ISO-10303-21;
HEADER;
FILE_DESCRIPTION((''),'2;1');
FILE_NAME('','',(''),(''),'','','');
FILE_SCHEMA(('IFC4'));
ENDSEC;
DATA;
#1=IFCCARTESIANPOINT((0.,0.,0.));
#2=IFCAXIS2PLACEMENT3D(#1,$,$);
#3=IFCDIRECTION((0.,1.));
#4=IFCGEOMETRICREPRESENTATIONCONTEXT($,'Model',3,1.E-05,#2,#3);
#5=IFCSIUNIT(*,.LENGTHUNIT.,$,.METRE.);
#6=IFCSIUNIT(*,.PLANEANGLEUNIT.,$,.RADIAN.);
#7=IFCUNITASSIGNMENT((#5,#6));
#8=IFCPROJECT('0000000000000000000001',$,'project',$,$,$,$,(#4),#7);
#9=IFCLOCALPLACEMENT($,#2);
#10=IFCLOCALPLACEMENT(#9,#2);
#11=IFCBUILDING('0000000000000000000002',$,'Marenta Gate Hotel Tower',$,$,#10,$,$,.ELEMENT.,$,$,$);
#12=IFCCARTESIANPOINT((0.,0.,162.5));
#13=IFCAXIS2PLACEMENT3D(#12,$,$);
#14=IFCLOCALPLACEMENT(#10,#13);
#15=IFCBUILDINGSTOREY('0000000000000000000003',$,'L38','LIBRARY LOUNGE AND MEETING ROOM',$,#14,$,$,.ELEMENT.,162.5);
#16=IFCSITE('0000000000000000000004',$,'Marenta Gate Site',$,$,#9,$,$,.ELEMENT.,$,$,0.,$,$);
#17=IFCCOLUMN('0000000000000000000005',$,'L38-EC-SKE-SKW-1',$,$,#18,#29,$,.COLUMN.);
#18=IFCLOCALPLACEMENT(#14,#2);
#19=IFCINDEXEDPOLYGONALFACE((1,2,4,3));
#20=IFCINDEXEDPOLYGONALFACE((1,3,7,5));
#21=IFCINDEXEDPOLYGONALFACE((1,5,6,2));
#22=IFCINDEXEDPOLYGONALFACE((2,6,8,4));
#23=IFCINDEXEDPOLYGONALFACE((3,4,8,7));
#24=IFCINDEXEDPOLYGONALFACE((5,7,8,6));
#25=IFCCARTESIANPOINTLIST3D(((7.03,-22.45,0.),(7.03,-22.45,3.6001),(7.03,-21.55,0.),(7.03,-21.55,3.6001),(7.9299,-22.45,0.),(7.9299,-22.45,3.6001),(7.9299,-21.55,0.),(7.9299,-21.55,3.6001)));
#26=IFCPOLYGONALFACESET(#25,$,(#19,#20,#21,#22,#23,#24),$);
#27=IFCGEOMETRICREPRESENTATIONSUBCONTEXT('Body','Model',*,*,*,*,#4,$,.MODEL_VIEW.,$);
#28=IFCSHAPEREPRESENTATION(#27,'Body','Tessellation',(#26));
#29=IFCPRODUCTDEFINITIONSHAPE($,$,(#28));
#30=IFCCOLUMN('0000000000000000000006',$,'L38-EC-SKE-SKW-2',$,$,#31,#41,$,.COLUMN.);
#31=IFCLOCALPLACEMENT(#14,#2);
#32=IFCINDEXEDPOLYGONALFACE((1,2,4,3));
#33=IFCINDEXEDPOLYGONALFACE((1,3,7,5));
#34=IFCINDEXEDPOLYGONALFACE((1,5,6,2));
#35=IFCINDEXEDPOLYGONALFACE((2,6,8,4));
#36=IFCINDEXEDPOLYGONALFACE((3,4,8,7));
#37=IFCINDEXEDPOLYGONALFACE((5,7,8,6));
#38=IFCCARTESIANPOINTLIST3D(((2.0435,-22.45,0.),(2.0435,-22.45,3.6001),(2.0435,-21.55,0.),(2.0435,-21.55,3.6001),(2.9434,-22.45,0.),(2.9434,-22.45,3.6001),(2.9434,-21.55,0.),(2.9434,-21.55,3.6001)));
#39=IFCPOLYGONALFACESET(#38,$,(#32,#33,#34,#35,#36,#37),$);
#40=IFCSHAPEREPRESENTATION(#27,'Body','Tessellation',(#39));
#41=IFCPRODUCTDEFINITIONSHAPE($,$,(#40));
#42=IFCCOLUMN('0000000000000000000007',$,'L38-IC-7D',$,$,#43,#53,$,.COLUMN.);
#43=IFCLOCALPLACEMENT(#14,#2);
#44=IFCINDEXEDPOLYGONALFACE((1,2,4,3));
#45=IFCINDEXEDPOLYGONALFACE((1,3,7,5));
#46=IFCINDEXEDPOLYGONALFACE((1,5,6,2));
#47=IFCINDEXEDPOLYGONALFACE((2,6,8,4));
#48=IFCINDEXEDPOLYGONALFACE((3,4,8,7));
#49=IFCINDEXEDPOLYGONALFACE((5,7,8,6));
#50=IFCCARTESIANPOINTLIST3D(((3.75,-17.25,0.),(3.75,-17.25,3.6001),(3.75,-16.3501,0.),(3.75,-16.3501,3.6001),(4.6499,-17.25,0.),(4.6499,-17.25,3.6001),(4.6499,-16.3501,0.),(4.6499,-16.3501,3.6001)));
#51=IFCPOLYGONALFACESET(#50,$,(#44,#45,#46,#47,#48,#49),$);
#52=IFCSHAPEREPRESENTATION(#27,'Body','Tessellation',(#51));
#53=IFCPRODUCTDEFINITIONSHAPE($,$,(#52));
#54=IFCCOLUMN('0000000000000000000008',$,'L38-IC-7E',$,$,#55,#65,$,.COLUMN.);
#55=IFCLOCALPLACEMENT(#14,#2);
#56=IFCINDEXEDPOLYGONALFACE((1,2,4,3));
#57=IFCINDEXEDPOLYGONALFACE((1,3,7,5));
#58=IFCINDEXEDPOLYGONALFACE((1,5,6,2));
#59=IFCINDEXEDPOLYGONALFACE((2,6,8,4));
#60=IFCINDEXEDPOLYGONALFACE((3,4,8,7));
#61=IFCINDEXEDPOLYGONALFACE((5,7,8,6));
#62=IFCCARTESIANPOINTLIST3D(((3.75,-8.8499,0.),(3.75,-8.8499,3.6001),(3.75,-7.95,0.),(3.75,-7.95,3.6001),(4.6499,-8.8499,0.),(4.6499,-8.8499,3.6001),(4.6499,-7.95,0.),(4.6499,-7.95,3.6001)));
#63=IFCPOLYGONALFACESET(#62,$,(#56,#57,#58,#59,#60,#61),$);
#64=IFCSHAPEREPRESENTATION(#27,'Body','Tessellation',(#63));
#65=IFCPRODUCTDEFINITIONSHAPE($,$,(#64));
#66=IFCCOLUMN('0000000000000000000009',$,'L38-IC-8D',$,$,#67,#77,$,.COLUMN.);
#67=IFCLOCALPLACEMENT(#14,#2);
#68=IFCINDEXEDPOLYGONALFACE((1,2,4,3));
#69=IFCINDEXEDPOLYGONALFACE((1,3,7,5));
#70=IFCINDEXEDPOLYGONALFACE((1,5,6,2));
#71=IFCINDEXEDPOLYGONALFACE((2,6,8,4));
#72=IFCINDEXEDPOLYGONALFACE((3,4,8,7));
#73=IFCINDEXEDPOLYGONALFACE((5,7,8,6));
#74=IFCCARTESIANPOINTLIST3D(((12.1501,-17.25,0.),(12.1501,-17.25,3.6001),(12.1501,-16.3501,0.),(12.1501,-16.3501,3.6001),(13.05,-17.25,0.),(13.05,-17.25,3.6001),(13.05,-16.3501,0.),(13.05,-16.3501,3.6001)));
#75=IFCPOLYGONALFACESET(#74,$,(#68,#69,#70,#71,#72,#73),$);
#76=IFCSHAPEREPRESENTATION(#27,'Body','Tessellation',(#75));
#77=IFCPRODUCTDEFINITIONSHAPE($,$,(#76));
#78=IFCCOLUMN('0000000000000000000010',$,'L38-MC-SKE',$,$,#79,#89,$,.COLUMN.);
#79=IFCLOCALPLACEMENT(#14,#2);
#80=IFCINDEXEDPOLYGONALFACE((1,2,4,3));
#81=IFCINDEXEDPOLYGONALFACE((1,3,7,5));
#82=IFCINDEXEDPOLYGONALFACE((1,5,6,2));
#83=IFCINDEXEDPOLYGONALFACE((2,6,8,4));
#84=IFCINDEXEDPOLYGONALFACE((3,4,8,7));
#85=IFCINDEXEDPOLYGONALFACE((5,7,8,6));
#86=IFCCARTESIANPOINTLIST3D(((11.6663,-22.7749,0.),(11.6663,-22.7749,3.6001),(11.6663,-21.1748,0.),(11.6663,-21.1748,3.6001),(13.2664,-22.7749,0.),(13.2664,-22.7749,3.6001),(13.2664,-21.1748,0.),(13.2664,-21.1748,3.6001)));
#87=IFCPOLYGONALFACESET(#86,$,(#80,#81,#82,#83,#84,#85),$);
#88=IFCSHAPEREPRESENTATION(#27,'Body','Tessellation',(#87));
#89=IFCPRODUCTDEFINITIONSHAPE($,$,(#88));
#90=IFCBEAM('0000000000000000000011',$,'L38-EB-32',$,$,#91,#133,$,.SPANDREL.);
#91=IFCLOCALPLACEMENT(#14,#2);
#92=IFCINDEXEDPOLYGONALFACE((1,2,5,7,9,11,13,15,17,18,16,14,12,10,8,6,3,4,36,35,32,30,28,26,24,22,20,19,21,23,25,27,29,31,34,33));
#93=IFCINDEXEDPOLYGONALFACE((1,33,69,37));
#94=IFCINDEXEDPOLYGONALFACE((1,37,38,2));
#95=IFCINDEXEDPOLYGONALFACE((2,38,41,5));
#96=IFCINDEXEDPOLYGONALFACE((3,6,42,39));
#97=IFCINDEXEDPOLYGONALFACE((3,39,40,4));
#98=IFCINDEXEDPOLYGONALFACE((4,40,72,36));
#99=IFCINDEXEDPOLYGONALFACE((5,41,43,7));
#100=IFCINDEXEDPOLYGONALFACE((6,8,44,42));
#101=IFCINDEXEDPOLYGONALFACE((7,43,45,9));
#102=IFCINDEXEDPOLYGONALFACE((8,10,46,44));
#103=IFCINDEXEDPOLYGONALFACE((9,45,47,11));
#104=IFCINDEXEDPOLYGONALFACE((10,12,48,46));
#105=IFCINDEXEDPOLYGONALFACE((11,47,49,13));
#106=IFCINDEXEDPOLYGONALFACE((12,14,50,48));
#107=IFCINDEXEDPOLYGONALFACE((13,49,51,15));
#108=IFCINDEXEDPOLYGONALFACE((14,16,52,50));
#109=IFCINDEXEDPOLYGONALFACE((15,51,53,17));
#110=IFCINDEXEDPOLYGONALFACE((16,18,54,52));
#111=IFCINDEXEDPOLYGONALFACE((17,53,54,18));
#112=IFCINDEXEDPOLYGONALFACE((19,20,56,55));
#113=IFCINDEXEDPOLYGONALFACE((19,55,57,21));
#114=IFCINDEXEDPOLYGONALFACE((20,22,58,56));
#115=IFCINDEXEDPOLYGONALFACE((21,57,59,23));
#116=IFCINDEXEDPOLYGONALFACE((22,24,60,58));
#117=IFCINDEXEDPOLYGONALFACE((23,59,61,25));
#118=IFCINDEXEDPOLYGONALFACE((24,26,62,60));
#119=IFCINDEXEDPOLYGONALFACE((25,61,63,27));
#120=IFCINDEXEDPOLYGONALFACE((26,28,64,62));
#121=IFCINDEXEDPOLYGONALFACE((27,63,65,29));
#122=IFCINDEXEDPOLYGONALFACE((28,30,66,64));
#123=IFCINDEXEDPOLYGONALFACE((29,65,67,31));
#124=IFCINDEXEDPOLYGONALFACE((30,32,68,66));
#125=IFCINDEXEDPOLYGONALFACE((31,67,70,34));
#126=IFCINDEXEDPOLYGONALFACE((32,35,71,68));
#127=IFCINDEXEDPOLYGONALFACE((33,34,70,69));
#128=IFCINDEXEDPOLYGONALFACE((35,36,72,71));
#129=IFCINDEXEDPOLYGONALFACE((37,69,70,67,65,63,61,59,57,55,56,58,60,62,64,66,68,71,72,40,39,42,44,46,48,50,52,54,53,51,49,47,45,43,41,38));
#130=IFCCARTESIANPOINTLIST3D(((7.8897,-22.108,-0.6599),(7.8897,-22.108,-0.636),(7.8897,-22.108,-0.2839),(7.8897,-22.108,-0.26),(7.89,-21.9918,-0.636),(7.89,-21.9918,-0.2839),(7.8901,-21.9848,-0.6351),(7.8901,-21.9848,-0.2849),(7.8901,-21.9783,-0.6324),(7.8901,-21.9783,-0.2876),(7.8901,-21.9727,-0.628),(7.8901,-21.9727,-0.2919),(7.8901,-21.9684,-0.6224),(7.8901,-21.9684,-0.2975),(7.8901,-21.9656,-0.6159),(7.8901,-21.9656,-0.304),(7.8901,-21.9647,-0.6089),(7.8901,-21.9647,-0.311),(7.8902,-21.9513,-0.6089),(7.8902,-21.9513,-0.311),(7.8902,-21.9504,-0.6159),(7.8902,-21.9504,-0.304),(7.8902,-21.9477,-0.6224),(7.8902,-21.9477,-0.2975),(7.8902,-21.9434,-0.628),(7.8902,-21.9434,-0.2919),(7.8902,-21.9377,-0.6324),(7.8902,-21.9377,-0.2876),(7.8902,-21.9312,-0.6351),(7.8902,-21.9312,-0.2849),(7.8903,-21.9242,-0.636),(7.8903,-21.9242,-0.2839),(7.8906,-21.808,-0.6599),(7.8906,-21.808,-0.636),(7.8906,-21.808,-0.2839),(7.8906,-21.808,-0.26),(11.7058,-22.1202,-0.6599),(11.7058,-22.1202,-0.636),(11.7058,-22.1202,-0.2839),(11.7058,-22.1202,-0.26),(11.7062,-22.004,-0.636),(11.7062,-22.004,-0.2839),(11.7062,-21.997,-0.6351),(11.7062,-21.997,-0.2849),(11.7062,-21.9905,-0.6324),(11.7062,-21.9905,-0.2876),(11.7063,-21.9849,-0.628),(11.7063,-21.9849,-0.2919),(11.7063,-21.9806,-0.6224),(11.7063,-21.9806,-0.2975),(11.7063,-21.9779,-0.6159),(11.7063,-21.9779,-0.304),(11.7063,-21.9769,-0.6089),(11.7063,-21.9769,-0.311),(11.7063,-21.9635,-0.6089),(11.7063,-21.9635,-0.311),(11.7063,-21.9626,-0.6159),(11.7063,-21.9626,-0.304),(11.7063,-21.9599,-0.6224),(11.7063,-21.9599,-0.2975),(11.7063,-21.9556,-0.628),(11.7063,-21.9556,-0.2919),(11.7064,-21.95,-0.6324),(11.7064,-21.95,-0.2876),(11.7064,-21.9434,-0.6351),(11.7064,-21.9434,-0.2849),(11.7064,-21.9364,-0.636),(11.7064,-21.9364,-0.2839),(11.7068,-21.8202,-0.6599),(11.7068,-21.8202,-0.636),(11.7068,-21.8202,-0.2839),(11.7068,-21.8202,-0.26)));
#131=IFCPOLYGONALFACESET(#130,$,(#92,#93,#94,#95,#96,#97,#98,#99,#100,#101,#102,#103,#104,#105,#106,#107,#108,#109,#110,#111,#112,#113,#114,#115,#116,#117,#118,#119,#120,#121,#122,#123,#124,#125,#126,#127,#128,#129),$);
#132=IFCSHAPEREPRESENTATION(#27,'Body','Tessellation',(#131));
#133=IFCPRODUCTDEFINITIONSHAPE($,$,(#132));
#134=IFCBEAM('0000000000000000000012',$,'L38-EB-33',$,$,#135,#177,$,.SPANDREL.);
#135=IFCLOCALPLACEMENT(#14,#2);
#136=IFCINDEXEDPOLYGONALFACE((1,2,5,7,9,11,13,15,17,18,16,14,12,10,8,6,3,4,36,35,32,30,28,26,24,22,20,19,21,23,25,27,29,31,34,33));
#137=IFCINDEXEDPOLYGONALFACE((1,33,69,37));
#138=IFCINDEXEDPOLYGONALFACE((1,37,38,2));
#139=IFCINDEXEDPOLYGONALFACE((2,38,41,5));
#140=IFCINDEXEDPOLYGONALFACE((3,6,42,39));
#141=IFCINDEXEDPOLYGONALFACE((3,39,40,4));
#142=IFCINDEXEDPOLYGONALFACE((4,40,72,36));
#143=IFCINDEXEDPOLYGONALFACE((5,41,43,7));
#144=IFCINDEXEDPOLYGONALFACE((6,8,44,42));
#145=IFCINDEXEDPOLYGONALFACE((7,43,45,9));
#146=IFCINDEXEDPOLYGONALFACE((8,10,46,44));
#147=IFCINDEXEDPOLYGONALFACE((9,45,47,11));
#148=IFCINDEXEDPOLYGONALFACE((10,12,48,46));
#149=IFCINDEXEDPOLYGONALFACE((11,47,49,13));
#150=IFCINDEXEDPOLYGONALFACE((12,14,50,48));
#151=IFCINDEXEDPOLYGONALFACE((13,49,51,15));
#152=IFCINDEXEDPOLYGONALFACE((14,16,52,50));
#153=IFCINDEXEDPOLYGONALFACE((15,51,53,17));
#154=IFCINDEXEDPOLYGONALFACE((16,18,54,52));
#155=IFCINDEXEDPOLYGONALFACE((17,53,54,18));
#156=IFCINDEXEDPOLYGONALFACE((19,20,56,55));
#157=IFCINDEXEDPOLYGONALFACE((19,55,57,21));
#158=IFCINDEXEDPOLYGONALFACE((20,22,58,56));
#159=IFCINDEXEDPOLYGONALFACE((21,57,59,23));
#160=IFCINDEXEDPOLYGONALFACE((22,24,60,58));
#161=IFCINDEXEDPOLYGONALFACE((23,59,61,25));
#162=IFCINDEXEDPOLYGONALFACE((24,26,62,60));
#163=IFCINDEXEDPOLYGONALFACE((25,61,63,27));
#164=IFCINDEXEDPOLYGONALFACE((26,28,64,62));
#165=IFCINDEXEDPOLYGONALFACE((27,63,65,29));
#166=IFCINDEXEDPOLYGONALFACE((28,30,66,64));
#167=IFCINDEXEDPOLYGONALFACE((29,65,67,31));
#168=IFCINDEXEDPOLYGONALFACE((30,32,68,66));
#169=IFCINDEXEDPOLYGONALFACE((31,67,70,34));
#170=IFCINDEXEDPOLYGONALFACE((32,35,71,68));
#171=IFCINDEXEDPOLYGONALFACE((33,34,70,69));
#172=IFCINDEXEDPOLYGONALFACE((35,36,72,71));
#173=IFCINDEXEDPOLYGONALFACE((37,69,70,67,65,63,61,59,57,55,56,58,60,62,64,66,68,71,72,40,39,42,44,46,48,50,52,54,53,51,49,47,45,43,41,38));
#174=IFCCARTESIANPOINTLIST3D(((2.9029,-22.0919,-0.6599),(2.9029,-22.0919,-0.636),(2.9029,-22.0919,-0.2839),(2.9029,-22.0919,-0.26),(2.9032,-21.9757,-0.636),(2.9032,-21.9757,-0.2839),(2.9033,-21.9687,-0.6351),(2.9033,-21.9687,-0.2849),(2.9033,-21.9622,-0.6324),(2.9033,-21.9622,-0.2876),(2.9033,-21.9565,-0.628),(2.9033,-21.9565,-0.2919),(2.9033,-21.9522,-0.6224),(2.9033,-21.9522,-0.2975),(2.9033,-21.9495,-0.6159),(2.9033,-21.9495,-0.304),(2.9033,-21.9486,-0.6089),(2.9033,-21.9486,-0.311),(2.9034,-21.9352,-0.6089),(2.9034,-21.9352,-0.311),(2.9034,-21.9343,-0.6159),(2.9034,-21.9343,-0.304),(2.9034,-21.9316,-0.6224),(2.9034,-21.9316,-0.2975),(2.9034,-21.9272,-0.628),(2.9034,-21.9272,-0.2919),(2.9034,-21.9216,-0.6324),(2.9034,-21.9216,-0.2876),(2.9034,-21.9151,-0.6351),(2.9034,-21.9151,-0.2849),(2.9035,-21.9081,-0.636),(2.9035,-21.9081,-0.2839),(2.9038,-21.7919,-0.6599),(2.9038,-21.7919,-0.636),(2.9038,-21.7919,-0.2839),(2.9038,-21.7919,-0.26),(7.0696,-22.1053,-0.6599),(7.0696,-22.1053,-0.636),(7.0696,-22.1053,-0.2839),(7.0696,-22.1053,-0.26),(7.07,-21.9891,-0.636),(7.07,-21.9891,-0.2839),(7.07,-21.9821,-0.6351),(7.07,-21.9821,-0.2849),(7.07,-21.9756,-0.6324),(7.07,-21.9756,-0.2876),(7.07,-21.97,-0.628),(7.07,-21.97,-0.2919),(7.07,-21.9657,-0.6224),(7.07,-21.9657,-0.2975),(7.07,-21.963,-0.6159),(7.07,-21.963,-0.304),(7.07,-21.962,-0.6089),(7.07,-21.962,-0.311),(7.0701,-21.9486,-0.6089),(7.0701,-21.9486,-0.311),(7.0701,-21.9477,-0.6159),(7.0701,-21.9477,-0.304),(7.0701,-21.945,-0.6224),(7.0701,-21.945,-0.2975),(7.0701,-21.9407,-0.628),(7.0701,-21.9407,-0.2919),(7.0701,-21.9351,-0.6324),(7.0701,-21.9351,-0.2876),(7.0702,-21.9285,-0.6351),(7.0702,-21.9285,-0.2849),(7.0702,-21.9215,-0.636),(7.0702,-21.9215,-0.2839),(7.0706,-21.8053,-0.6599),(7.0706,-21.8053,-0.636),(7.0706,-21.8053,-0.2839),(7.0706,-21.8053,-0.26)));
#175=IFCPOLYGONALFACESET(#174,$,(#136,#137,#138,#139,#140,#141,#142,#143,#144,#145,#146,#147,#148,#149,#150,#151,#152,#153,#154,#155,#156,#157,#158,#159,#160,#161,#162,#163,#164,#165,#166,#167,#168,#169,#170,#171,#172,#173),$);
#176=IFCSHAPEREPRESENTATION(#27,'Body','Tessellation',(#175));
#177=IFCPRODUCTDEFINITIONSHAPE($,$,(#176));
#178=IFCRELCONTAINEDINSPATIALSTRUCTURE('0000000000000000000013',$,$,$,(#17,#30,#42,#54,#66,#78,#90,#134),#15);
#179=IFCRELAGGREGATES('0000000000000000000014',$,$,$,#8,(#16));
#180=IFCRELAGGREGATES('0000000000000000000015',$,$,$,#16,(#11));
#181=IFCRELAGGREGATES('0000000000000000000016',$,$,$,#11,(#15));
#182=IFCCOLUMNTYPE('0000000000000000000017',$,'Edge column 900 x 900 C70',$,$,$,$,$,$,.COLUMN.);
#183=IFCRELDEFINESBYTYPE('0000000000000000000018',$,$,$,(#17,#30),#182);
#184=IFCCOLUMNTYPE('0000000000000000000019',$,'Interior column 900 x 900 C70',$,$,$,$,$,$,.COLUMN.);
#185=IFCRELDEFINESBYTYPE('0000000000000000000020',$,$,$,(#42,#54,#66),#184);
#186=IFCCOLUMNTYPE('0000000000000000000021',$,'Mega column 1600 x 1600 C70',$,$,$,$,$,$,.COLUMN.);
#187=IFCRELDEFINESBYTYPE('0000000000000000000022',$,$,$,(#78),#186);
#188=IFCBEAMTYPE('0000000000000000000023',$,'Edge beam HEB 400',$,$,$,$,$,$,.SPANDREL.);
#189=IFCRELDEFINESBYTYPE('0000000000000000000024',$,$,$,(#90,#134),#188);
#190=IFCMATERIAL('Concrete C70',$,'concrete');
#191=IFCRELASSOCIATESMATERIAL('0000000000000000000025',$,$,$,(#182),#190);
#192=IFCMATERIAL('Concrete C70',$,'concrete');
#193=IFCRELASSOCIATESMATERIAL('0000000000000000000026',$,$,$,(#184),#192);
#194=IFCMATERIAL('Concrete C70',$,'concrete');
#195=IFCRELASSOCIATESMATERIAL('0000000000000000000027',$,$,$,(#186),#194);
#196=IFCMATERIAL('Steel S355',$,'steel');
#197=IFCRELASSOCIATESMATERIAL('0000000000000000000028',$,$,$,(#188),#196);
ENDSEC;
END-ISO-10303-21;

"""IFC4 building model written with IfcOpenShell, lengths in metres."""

from ifc_helpers import new_model, si_unit, direction, frame, origin, origin_2d, place, context, subcontext, project, spatial, rectangle, i_section, extrude, material, material_profile, profile_set, type_object, element, save


model = new_model("IFC4")

# Units and contexts
model_context = context("Model", 3, precision=1e-05, world=origin(), true_north=direction((0.0, 1.0)))
body_context = subcontext(model_context, "Body", "Model", "MODEL_VIEW")
ifc_project = project(units=[si_unit("LENGTHUNIT", "METRE"), si_unit("PLANEANGLEUNIT", "RADIAN")], contexts=[model_context])

# Site, building, storey
site_placement = place(None, origin())
site = spatial("IfcSite", under=ifc_project, at=site_placement, Name="Marenta Gate Site", CompositionType="ELEMENT", RefElevation=0.0)
building_placement = place(site_placement, origin())
building = spatial("IfcBuilding", under=site, at=building_placement, Name="Marenta Gate Hotel Tower", CompositionType="ELEMENT")
storey_placement = place(building_placement, frame((0.0, 0.0, 162.5)))
storey = spatial("IfcBuildingStorey", under=building, at=storey_placement, Name="L38", Description="LIBRARY LOUNGE AND MEETING ROOM", CompositionType="ELEMENT", Elevation=162.5)

# Columns
ifc_material_1 = material(Name="Concrete C70", Category="concrete")
ifc_material_profile_1 = material_profile(ifc_material_1, rectangle(XDim=0.8999, YDim=0.8999, at=origin_2d()), Name="900 x 900")
ifc_profile_set_1 = profile_set([ifc_material_profile_1], Name="Concrete C70")
column_type_1 = type_object("IfcColumnType", Name="Edge column 900 x 900 C70", PredefinedType="COLUMN", material=ifc_profile_set_1)
for number, where, z_axis, x_axis, name in (
    (1, (7.48, -22.0, 0.0), (0.0, 0.0, 1.0), (1.0, 0.0, 0.0), "L38-EC-SKE-SKW-1"),
    (2, (2.4934, -22.0, 0.0), (0.0, 0.0, 1.0), (1.0, 0.0, 0.0), "L38-EC-SKE-SKW-2"),
):
    element("IfcColumn", number, at=place(storey_placement, frame(where, z_axis=z_axis, x_axis=x_axis)), inside=storey, type_object=column_type_1, Name=name, PredefinedType="COLUMN", context=body_context, shape_type="SweptSolid", body=[
        extrude(rectangle(XDim=0.8999, YDim=0.8999, at=origin_2d()), origin(), (0.0, 0.0, 1.0), 3.6001),
    ])
ifc_material_2 = material(Name="Concrete C70", Category="concrete")
ifc_material_profile_2 = material_profile(ifc_material_2, rectangle(XDim=0.8999, YDim=0.8999, at=origin_2d()), Name="900 x 900")
ifc_profile_set_2 = profile_set([ifc_material_profile_2], Name="Concrete C70")
column_type_2 = type_object("IfcColumnType", Name="Interior column 900 x 900 C70", PredefinedType="COLUMN", material=ifc_profile_set_2)
for number, where, z_axis, x_axis, name in (
    (3, (4.2, -16.8, 0.0), (0.0, 0.0, 1.0), (1.0, 0.0, 0.0), "L38-IC-7D"),
    (4, (4.2, -8.3999, 0.0), (0.0, 0.0, 1.0), (1.0, 0.0, 0.0), "L38-IC-7E"),
    (5, (12.6001, -16.8, 0.0), (0.0, 0.0, 1.0), (1.0, 0.0, 0.0), "L38-IC-8D"),
):
    element("IfcColumn", number, at=place(storey_placement, frame(where, z_axis=z_axis, x_axis=x_axis)), inside=storey, type_object=column_type_2, Name=name, PredefinedType="COLUMN", context=body_context, shape_type="SweptSolid", body=[
        extrude(rectangle(XDim=0.8999, YDim=0.8999, at=origin_2d()), origin(), (0.0, 0.0, 1.0), 3.6001),
    ])
ifc_material_3 = material(Name="Concrete C70", Category="concrete")
ifc_material_profile_3 = material_profile(ifc_material_3, rectangle(XDim=1.6001, YDim=1.6001, at=origin_2d()), Name="1600 x 1600")
ifc_profile_set_3 = profile_set([ifc_material_profile_3], Name="Concrete C70")
column_type_3 = type_object("IfcColumnType", Name="Mega column 1600 x 1600 C70", PredefinedType="COLUMN", material=ifc_profile_set_3)
column_placement = place(storey_placement, frame((12.4663, -21.9749, 0.0), z_axis=(0.0, 0.0, 1.0), x_axis=(1.0, 0.0, 0.0)))
element("IfcColumn", 6, at=column_placement, inside=storey, type_object=column_type_3, Name="L38-MC-SKE", PredefinedType="COLUMN", context=body_context, shape_type="SweptSolid", body=[
    extrude(rectangle(XDim=1.6001, YDim=1.6001, at=origin_2d()), origin(), (0.0, 0.0, 1.0), 3.6001),
])

# Beams
ifc_material_4 = material(Name="Steel S355", Category="steel")
ifc_material_profile_4 = material_profile(ifc_material_4, i_section(OverallWidth=0.3, OverallDepth=0.3999, WebThickness=0.0134, FlangeThickness=0.0239, FilletRadius=0.0271, at=origin_2d()), Name="HEB 400")
ifc_profile_set_4 = profile_set([ifc_material_profile_4], Name="Steel S355")
beam_type_1 = type_object("IfcBeamType", Name="Edge beam HEB 400", PredefinedType="SPANDREL", material=ifc_profile_set_4)
beam_1_placement = place(storey_placement, frame((11.7063, -21.9702, -0.46), z_axis=(-0.999995, 0.003199, 0.0), x_axis=(-0.003199, -0.999995, 0.0)))
element("IfcBeam", 7, at=beam_1_placement, inside=storey, type_object=beam_type_1, Name="L38-EB-32", PredefinedType="SPANDREL", context=body_context, shape_type="SweptSolid", body=[
    extrude(i_section(OverallWidth=0.3, OverallDepth=0.3999, WebThickness=0.0134, FlangeThickness=0.0239, FilletRadius=0.0271, at=origin_2d()), origin(), (0.0, 0.0, 1.0), 3.8162),
])
beam_2_placement = place(storey_placement, frame((7.0701, -21.9553, -0.46), z_axis=(-0.999995, 0.003223, 0.0), x_axis=(-0.003223, -0.999995, 0.0)))
element("IfcBeam", 8, at=beam_2_placement, inside=storey, type_object=beam_type_1, Name="L38-EB-33", PredefinedType="SPANDREL", context=body_context, shape_type="SweptSolid", body=[
    extrude(i_section(OverallWidth=0.3, OverallDepth=0.3999, WebThickness=0.0134, FlangeThickness=0.0239, FilletRadius=0.0271, at=origin_2d()), origin(), (0.0, 0.0, 1.0), 4.1667),
])

save(model, "model.ifc")
